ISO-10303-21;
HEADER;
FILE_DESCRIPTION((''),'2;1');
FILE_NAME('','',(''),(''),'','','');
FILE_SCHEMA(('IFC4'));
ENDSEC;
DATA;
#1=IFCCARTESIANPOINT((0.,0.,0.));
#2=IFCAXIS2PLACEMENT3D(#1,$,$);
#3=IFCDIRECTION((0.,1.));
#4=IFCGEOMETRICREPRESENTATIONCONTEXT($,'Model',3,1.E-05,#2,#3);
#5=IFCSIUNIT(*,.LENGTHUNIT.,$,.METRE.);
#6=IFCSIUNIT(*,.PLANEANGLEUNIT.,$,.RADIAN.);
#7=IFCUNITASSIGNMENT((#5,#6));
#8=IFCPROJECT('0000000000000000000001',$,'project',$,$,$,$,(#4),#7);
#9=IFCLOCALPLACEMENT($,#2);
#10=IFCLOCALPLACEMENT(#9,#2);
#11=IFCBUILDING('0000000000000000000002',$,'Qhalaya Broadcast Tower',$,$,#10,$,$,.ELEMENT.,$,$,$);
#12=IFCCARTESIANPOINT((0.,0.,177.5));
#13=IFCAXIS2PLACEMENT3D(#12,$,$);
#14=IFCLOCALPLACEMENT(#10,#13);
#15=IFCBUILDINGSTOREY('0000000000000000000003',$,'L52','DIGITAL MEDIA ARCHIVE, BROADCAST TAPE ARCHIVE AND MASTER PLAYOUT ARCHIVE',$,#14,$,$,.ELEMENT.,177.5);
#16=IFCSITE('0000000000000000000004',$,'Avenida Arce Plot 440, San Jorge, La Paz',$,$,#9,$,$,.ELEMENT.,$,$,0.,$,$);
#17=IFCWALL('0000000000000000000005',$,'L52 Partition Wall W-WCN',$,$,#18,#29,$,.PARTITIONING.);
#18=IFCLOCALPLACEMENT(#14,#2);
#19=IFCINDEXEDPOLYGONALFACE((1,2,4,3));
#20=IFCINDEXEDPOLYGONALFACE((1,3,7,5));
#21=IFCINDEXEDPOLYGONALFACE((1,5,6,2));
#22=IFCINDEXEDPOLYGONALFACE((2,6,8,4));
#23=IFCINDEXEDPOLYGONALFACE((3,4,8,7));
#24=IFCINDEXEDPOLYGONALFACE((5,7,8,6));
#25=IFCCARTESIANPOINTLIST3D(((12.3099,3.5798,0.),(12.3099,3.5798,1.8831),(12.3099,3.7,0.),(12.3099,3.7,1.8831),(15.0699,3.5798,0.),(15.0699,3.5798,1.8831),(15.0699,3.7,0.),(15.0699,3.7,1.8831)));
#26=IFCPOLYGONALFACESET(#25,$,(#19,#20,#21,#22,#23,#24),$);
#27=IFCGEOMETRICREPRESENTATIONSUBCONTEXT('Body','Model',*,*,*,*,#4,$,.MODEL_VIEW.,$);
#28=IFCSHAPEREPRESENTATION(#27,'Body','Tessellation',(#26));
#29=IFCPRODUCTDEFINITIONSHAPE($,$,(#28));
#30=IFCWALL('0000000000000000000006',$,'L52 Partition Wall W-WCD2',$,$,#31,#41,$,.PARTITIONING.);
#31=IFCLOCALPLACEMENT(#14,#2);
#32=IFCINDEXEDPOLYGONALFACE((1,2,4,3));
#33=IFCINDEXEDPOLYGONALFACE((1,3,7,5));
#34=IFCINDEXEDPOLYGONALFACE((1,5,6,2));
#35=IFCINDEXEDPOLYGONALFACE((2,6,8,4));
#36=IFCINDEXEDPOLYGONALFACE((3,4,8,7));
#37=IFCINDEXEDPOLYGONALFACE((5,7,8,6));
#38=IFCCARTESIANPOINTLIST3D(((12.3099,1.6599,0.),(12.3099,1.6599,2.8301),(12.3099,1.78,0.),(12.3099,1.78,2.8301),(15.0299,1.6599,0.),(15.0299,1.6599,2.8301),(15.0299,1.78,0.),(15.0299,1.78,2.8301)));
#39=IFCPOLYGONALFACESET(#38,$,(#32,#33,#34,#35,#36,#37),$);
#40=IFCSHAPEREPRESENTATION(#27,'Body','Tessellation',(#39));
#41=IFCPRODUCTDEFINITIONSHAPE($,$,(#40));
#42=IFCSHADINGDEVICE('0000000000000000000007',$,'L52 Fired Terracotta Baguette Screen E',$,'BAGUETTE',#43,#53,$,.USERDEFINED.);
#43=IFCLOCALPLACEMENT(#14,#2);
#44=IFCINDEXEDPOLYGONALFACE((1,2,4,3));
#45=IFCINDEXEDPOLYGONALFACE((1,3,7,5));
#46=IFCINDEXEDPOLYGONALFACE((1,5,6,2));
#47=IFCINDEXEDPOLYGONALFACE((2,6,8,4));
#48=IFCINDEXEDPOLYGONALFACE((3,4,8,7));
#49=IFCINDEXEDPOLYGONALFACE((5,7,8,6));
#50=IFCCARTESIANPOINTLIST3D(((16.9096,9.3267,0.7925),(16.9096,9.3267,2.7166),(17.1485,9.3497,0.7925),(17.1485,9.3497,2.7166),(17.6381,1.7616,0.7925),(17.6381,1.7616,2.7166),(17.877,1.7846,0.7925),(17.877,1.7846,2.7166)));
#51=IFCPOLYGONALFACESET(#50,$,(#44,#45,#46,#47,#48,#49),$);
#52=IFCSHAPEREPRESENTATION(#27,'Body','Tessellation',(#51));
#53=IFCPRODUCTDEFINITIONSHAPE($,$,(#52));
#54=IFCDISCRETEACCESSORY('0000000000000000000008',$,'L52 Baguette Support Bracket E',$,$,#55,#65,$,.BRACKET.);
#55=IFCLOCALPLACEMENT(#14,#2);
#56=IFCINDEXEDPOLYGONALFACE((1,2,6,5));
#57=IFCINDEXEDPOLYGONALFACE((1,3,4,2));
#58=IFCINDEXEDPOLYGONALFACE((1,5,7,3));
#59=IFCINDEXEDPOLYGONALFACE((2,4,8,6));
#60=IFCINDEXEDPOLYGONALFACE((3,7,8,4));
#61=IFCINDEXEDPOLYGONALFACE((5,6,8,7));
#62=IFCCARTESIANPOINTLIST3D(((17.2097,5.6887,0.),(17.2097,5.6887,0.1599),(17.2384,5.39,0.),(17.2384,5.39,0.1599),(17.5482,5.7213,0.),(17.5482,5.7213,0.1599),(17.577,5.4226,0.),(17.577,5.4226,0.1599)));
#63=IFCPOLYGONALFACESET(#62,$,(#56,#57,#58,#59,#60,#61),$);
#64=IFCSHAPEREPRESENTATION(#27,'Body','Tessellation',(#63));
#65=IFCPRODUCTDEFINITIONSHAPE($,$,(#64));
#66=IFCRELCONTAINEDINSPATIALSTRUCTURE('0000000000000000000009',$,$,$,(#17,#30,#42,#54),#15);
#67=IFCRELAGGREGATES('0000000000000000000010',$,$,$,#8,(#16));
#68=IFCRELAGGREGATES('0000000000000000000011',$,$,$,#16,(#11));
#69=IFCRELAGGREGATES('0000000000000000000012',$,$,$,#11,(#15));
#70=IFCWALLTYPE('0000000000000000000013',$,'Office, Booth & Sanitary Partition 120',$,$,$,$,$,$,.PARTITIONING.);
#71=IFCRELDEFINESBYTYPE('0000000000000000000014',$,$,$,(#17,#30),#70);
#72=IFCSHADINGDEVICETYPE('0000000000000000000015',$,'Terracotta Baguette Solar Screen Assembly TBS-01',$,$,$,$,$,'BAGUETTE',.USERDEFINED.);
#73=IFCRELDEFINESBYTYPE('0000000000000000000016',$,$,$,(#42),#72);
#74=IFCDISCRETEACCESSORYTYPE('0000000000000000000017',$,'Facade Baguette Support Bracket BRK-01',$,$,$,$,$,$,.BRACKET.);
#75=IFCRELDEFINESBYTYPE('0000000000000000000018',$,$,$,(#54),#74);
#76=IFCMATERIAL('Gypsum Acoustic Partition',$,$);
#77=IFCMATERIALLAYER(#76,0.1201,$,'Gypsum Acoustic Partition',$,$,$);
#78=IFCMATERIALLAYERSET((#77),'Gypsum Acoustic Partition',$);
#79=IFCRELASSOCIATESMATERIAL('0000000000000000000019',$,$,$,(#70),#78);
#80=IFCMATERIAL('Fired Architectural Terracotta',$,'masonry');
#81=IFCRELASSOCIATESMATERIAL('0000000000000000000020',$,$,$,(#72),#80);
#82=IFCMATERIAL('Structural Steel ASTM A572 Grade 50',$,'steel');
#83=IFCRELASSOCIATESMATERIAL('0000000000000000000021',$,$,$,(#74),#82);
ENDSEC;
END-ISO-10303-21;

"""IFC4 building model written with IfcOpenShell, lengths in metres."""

from ifc_helpers import new_model, si_unit, direction, frame, frame_2d, origin, origin_2d, place, context, subcontext, project, spatial, rectangle, extrude, material, layer, layer_set, type_object, element, save


model = new_model("IFC4")

# Units and contexts
model_context = context("Model", 3, precision=1e-05, world=origin(), true_north=direction((0.0, 1.0)))
body_context = subcontext(model_context, "Body", "Model", "MODEL_VIEW")
ifc_project = project(units=[si_unit("LENGTHUNIT", "METRE"), si_unit("PLANEANGLEUNIT", "RADIAN")], contexts=[model_context])

# Site, building, storey
site_placement = place(None, origin())
site = spatial("IfcSite", under=ifc_project, at=site_placement, Name="Avenida Arce Plot 440, San Jorge, La Paz", CompositionType="ELEMENT", RefElevation=0.0)
building_placement = place(site_placement, origin())
building = spatial("IfcBuilding", under=site, at=building_placement, Name="Qhalaya Broadcast Tower", CompositionType="ELEMENT")
storey_placement = place(building_placement, frame((0.0, 0.0, 177.5)))
storey = spatial("IfcBuildingStorey", under=building, at=storey_placement, Name="L52", Description="DIGITAL MEDIA ARCHIVE, BROADCAST TAPE ARCHIVE AND MASTER PLAYOUT ARCHIVE", CompositionType="ELEMENT", Elevation=177.5)

# Shared definitions
ifc_material_1 = material(Name="Fired Architectural Terracotta", Category="masonry")

# Shared definitions
ifc_material_2 = material(Name="Gypsum Acoustic Partition")
ifc_layer_1 = layer(ifc_material_2, 0.1201, Name="Gypsum Acoustic Partition")
ifc_layer_set_1 = layer_set([ifc_layer_1], Name="Gypsum Acoustic Partition")
wall_type_1 = type_object("IfcWallType", Name="Office, Booth & Sanitary Partition 120", PredefinedType="PARTITIONING", material=ifc_layer_set_1)

# Walls
wall_1_placement = place(storey_placement, frame((12.3101, 3.6399, 0.0), z_axis=(0.0, 0.0, 1.0), x_axis=(1.0, 0.0, 0.0)))
element("IfcWall", 1, at=wall_1_placement, inside=storey, type_object=wall_type_1, Name="L52 Partition Wall W-WCN", PredefinedType="PARTITIONING", context=body_context, shape_type="SweptSolid", body=[
    extrude(rectangle(XDim=2.76, YDim=0.1201, at=frame_2d((1.3799, 0.0))), origin(), (0.0, 0.0, 1.0), 1.8831),
])
wall_2_placement = place(storey_placement, frame((12.3101, 1.72, 0.0), z_axis=(0.0, 0.0, 1.0), x_axis=(1.0, 0.0, 0.0)))
element("IfcWall", 2, at=wall_2_placement, inside=storey, type_object=wall_type_1, Name="L52 Partition Wall W-WCD2", PredefinedType="PARTITIONING", context=body_context, shape_type="SweptSolid", body=[
    extrude(rectangle(XDim=2.72, YDim=0.1201, at=frame_2d((1.3599, 0.0))), origin(), (0.0, 0.0, 1.0), 2.8301),
])

# Shading device
shading_device_type = type_object("IfcShadingDeviceType", Name="Terracotta Baguette Solar Screen Assembly TBS-01", ElementType="BAGUETTE", PredefinedType="USERDEFINED", material=ifc_material_1)
shading_device_placement = place(storey_placement, frame((17.3933, 5.5557, 0.7925), z_axis=(0.0, 0.0, 1.0), x_axis=(-0.095846, 0.995396, 0.0)))
element("IfcShadingDevice", 3, at=shading_device_placement, inside=storey, type_object=shading_device_type, Name="L52 Fired Terracotta Baguette Screen E", ObjectType="BAGUETTE", PredefinedType="USERDEFINED", context=body_context, shape_type="SweptSolid", body=[
    extrude(rectangle(XDim=7.6001, YDim=0.24, at=origin_2d()), origin(), (0.0, 0.0, 1.0), 1.9241),
])

# Discrete accessory
ifc_material_3 = material(Name="Structural Steel ASTM A572 Grade 50", Category="steel")
discrete_accessory_type = type_object("IfcDiscreteAccessoryType", Name="Facade Baguette Support Bracket BRK-01", PredefinedType="BRACKET", material=ifc_material_3)
discrete_accessory_placement = place(storey_placement, frame((17.3933, 5.5557, 0.0), z_axis=(0.0, 0.0, 1.0), x_axis=(-0.095846, 0.995396, 0.0)))
element("IfcDiscreteAccessory", 4, at=discrete_accessory_placement, inside=storey, type_object=discrete_accessory_type, Name="L52 Baguette Support Bracket E", PredefinedType="BRACKET", context=body_context, shape_type="SweptSolid", body=[
    extrude(rectangle(XDim=0.3, YDim=0.3401, at=origin_2d()), origin(), (0.0, 0.0, 1.0), 0.1599),
])

save(model, "model.ifc")
